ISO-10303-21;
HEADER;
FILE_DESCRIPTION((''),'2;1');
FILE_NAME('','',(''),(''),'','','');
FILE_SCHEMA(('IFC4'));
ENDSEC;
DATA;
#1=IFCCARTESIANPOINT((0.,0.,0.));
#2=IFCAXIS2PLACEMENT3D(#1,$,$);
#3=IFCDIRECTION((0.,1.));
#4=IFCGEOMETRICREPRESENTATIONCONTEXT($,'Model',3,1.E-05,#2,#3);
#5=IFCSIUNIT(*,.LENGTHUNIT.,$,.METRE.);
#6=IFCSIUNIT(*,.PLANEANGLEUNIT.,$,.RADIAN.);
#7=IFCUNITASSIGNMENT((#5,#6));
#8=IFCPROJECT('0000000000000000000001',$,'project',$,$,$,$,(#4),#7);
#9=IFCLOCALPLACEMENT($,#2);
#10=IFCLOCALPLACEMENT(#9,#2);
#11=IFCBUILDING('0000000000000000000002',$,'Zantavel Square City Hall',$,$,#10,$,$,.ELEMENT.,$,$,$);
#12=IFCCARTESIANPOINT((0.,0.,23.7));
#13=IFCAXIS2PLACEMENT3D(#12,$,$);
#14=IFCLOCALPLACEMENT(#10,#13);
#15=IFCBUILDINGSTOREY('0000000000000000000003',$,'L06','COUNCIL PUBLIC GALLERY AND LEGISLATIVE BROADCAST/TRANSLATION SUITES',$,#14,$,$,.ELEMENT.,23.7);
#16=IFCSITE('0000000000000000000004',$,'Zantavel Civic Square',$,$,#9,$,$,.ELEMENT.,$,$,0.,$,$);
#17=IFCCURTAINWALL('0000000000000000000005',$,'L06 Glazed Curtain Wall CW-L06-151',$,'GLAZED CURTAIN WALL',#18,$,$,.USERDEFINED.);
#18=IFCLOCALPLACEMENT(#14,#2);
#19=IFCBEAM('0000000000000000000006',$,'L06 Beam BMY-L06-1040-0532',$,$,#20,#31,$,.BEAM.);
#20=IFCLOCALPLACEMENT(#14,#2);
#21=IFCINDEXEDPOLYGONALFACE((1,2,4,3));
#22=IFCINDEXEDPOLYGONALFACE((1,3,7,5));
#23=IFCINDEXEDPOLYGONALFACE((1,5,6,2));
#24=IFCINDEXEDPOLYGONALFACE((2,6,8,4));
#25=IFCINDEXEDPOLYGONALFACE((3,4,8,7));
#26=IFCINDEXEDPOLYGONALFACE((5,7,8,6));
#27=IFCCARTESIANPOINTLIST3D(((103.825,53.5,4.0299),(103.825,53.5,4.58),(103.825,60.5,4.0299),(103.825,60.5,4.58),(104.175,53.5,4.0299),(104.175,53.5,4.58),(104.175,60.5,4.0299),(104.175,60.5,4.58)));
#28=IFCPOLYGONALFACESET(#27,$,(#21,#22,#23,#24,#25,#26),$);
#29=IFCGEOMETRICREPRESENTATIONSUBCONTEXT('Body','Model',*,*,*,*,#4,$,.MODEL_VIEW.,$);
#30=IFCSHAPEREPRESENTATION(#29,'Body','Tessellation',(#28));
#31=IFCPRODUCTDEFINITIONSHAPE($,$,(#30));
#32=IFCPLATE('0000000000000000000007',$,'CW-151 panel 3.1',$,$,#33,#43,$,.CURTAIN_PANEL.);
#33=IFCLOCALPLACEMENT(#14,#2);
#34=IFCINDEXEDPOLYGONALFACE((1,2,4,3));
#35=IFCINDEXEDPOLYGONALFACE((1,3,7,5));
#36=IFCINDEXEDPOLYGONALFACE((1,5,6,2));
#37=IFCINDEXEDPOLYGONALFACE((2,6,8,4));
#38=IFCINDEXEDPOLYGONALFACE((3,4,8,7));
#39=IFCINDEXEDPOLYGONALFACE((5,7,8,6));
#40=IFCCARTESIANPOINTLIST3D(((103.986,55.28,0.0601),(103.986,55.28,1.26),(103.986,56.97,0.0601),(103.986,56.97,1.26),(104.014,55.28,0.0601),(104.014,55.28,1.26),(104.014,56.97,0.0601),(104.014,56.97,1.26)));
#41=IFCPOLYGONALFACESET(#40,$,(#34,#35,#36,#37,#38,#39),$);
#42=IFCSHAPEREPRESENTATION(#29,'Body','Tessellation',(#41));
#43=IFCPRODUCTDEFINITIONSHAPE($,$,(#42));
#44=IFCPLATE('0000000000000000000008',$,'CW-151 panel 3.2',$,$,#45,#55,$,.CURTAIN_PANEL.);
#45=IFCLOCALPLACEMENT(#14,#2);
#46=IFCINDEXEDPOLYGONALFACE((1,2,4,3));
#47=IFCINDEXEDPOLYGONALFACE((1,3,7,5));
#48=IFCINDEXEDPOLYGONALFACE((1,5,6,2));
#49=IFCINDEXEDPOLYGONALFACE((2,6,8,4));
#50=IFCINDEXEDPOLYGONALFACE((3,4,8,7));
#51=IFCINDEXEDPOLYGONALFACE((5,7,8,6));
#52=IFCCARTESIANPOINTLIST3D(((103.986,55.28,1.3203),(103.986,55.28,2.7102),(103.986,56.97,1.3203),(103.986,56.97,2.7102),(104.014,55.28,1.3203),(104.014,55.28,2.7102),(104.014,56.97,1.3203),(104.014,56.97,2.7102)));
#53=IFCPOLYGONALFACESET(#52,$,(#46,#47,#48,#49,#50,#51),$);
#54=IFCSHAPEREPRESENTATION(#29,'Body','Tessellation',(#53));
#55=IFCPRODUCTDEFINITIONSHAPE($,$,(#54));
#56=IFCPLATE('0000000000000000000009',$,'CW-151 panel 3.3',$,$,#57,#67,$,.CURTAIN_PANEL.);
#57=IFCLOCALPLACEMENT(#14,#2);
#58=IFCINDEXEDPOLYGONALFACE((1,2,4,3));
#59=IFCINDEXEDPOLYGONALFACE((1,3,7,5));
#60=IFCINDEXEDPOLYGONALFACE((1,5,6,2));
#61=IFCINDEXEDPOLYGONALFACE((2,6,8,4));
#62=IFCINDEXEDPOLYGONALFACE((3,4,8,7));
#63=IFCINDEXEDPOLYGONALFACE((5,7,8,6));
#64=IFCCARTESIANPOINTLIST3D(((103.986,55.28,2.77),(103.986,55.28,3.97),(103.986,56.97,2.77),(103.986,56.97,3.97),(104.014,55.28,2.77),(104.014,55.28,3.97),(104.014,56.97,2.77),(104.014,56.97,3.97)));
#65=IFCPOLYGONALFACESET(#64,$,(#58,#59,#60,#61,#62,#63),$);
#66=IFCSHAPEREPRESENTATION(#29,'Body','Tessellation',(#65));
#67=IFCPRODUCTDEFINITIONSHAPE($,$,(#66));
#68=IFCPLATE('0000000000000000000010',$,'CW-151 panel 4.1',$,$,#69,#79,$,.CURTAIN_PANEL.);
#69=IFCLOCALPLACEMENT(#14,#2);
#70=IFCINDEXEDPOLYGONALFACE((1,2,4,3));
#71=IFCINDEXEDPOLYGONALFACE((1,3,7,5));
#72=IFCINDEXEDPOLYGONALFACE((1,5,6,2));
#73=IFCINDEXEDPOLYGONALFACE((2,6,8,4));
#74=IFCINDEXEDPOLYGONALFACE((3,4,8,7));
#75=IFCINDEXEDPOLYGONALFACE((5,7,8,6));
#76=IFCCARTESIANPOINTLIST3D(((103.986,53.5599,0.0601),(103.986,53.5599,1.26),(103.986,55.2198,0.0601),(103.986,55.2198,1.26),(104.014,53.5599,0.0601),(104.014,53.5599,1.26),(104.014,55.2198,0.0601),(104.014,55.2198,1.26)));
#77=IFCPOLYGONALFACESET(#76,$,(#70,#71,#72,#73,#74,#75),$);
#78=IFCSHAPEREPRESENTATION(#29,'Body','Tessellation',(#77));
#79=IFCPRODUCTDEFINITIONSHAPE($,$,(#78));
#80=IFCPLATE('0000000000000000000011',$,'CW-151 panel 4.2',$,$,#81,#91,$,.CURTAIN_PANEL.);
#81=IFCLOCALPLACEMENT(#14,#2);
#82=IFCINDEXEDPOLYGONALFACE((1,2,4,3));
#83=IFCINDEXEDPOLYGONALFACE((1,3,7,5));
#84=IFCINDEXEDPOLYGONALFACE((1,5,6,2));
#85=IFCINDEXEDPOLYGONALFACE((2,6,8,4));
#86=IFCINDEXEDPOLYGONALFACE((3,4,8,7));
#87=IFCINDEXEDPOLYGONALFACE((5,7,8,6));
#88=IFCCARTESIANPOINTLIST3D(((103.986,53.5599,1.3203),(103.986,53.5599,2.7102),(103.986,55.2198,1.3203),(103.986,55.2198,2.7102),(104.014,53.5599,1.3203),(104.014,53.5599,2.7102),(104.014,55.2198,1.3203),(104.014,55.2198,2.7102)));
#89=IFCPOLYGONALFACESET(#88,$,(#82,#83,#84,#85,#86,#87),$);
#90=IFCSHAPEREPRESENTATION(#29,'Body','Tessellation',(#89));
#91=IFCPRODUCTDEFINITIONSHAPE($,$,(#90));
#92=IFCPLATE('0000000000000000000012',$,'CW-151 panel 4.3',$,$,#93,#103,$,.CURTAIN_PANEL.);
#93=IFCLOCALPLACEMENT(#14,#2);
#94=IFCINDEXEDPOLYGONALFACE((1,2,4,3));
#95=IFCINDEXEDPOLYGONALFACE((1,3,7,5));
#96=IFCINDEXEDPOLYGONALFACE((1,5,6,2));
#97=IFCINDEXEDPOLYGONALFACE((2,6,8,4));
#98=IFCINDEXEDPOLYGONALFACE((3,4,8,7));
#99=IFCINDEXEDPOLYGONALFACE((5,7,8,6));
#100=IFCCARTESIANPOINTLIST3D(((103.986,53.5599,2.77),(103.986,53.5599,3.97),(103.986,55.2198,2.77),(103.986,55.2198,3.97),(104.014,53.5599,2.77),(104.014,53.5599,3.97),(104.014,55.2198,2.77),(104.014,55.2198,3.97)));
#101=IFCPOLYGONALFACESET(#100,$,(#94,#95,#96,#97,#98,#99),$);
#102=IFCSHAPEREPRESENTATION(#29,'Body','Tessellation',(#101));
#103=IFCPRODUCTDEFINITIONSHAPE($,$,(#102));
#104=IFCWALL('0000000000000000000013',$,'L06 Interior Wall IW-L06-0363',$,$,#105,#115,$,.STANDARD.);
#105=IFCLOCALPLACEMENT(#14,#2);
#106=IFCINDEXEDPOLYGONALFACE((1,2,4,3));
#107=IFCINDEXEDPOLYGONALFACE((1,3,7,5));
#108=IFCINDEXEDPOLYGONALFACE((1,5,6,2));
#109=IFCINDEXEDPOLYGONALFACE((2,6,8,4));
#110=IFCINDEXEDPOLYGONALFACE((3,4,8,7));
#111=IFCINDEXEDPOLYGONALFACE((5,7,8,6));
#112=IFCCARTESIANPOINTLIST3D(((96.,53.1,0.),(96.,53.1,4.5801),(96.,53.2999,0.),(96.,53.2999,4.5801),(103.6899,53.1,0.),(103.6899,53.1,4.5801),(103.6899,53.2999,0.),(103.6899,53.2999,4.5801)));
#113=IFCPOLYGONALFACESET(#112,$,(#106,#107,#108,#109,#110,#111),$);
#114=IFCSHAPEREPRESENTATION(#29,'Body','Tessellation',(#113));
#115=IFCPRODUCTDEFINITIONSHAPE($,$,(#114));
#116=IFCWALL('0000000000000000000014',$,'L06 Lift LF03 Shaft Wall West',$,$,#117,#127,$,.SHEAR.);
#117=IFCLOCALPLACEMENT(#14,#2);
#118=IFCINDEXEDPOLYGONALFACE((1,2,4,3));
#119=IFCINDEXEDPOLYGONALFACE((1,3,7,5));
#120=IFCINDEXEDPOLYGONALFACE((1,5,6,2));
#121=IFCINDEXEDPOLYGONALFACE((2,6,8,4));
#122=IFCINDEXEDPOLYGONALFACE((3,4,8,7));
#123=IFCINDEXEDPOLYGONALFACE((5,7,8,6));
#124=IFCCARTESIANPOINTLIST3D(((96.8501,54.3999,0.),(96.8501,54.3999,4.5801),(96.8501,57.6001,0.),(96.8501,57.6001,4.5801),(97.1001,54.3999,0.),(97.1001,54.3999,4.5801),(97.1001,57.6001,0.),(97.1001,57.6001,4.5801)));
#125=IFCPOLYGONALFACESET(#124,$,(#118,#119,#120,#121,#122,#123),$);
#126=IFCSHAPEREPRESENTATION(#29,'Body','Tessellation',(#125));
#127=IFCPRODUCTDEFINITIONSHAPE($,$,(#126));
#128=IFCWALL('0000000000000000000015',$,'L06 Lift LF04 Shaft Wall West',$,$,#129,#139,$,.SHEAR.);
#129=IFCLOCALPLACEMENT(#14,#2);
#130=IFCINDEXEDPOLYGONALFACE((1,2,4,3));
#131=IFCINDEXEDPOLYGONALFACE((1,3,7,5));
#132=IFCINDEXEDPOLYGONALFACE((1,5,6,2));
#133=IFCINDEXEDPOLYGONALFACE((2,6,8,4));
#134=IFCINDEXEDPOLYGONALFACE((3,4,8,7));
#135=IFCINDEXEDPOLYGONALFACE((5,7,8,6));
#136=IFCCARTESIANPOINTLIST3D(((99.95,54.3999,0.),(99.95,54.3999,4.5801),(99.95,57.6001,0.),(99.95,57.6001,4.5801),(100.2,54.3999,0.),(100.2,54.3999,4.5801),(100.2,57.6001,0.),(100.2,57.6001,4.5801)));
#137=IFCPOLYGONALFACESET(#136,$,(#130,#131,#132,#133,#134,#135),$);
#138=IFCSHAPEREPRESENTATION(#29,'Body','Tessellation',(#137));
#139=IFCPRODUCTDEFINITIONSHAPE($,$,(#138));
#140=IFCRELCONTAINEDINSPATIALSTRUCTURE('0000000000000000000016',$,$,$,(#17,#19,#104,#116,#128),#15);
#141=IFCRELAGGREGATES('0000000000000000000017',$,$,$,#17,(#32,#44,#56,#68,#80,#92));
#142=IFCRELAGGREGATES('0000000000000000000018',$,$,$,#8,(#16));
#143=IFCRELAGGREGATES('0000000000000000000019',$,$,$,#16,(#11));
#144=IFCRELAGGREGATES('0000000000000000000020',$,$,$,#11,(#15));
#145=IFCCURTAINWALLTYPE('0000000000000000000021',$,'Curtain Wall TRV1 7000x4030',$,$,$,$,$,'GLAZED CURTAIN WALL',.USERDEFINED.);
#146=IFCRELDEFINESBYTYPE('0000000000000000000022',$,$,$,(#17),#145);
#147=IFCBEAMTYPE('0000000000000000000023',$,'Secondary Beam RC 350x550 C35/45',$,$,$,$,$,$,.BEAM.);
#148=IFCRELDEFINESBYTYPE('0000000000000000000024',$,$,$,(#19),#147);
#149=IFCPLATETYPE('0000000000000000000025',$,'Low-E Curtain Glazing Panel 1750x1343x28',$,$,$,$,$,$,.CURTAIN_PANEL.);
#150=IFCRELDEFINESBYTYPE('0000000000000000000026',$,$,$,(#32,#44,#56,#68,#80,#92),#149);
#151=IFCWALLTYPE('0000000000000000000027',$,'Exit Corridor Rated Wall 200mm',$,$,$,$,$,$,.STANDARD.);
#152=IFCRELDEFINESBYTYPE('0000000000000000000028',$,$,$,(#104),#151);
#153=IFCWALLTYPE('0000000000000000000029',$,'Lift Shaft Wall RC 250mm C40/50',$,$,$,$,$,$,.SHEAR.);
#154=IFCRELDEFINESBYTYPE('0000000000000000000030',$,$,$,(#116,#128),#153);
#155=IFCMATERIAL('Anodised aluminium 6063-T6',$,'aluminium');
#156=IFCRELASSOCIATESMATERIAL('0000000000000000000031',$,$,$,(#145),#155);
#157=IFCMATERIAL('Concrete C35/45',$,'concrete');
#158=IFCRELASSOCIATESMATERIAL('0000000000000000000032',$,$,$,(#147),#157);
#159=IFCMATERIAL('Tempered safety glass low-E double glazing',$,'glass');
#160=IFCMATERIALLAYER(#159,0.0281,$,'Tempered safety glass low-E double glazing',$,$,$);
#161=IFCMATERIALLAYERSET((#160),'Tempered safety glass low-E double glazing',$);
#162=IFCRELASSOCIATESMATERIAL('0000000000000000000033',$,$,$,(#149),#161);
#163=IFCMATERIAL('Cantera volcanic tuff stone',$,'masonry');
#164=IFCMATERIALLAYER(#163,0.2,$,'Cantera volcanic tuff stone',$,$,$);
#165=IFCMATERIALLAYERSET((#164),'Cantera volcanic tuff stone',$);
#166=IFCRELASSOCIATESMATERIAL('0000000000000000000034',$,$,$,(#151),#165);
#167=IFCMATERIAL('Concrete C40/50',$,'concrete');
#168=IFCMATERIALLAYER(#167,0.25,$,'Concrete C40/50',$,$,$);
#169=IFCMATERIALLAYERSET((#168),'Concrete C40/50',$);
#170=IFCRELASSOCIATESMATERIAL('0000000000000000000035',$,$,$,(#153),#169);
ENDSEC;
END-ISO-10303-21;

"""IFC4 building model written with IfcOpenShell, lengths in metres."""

from ifc_helpers import new_model, si_unit, direction, frame, frame_2d, origin, origin_2d, place, context, subcontext, project, spatial, rectangle, extrude, material, layer, layer_set, material_profile, profile_set, type_object, element, aggregate, save


model = new_model("IFC4")

# Units and contexts
model_context = context("Model", 3, precision=1e-05, world=origin(), true_north=direction((0.0, 1.0)))
body_context = subcontext(model_context, "Body", "Model", "MODEL_VIEW")
ifc_project = project(units=[si_unit("LENGTHUNIT", "METRE"), si_unit("PLANEANGLEUNIT", "RADIAN")], contexts=[model_context])

# Site, building, storey
site_placement = place(None, origin())
site = spatial("IfcSite", under=ifc_project, at=site_placement, Name="Zantavel Civic Square", CompositionType="ELEMENT", RefElevation=0.0)
building_placement = place(site_placement, origin())
building = spatial("IfcBuilding", under=site, at=building_placement, Name="Zantavel Square City Hall", CompositionType="ELEMENT")
storey_placement = place(building_placement, frame((0.0, 0.0, 23.7)))
storey = spatial("IfcBuildingStorey", under=building, at=storey_placement, Name="L06", Description="COUNCIL PUBLIC GALLERY AND LEGISLATIVE BROADCAST/TRANSLATION SUITES", CompositionType="ELEMENT", Elevation=23.7)

# Shared definitions
ifc_material_1 = material(Name="Concrete C40/50", Category="concrete")

# Curtain wall
ifc_material_2 = material(Name="Anodised aluminium 6063-T6", Category="aluminium")
curtain_wall_type = type_object("IfcCurtainWallType", Name="Curtain Wall TRV1 7000x4030", ElementType="GLAZED CURTAIN WALL", PredefinedType="USERDEFINED", material=ifc_material_2)
curtain_wall_1_placement = place(storey_placement, origin())
curtain_wall_1 = element("IfcCurtainWall", 1, at=curtain_wall_1_placement, inside=storey, type_object=curtain_wall_type, Name="L06 Glazed Curtain Wall CW-L06-151", ObjectType="GLAZED CURTAIN WALL", PredefinedType="USERDEFINED")

# Beam
ifc_material_3 = material(Name="Concrete C35/45", Category="concrete")
ifc_material_profile_1 = material_profile(ifc_material_3, rectangle(XDim=0.3501, YDim=0.55, at=origin_2d()), Name="RC 350x550")
ifc_profile_set_1 = profile_set([ifc_material_profile_1], Name="Concrete C35/45")
beam_type = type_object("IfcBeamType", Name="Secondary Beam RC 350x550 C35/45", PredefinedType="BEAM", material=ifc_profile_set_1)
beam_placement = place(storey_placement, frame((104.0, 53.5, 4.3049), z_axis=(0.0, 1.0, 0.0), x_axis=(-1.0, 0.0, 0.0)))
element("IfcBeam", 2, at=beam_placement, inside=storey, type_object=beam_type, Name="L06 Beam BMY-L06-1040-0532", PredefinedType="BEAM", context=body_context, shape_type="SweptSolid", body=[
    extrude(rectangle(XDim=0.3501, YDim=0.55, at=origin_2d()), origin(), (0.0, 0.0, 1.0), 7.0),
])

# Plates
ifc_material_4 = material(Name="Tempered safety glass low-E double glazing", Category="glass")
ifc_layer_1 = layer(ifc_material_4, 0.0281, Name="Tempered safety glass low-E double glazing")
ifc_layer_set_1 = layer_set([ifc_layer_1], Name="Tempered safety glass low-E double glazing")
plate_type = type_object("IfcPlateType", Name="Low-E Curtain Glazing Panel 1750x1343x28", PredefinedType="CURTAIN_PANEL", material=ifc_layer_set_1)
plate_1_placement = place(storey_placement, frame((104.0, 56.125, 0.0601), z_axis=(0.0, 0.0, 1.0), x_axis=(0.0, -1.0, 0.0)))
plate_1 = element("IfcPlate", 3, at=plate_1_placement, type_object=plate_type, Name="CW-151 panel 3.1", PredefinedType="CURTAIN_PANEL", context=body_context, shape_type="SweptSolid", body=[
    extrude(rectangle(XDim=1.6899, YDim=0.0281, at=origin_2d()), origin(), (0.0, 0.0, 1.0), 1.2),
])
plate_2_placement = place(storey_placement, frame((104.0, 56.125, 1.3203), z_axis=(0.0, 0.0, 1.0), x_axis=(0.0, -1.0, 0.0)))
plate_2 = element("IfcPlate", 4, at=plate_2_placement, type_object=plate_type, Name="CW-151 panel 3.2", PredefinedType="CURTAIN_PANEL", context=body_context, shape_type="SweptSolid", body=[
    extrude(rectangle(XDim=1.6899, YDim=0.0281, at=origin_2d()), origin(), (0.0, 0.0, 1.0), 1.3899),
])
plate_3_placement = place(storey_placement, frame((104.0, 56.125, 2.77), z_axis=(0.0, 0.0, 1.0), x_axis=(0.0, -1.0, 0.0)))
plate_3 = element("IfcPlate", 5, at=plate_3_placement, type_object=plate_type, Name="CW-151 panel 3.3", PredefinedType="CURTAIN_PANEL", context=body_context, shape_type="SweptSolid", body=[
    extrude(rectangle(XDim=1.6899, YDim=0.0281, at=origin_2d()), origin(), (0.0, 0.0, 1.0), 1.2),
])
plate_4_placement = place(storey_placement, frame((104.0, 54.3899, 0.0601), z_axis=(0.0, 0.0, 1.0), x_axis=(0.0, -1.0, 0.0)))
plate_4 = element("IfcPlate", 6, at=plate_4_placement, type_object=plate_type, Name="CW-151 panel 4.1", PredefinedType="CURTAIN_PANEL", context=body_context, shape_type="SweptSolid", body=[
    extrude(rectangle(XDim=1.6599, YDim=0.0281, at=origin_2d()), origin(), (0.0, 0.0, 1.0), 1.2),
])
plate_5_placement = place(storey_placement, frame((104.0, 54.3899, 1.3203), z_axis=(0.0, 0.0, 1.0), x_axis=(0.0, -1.0, 0.0)))
plate_5 = element("IfcPlate", 7, at=plate_5_placement, type_object=plate_type, Name="CW-151 panel 4.2", PredefinedType="CURTAIN_PANEL", context=body_context, shape_type="SweptSolid", body=[
    extrude(rectangle(XDim=1.6599, YDim=0.0281, at=origin_2d()), origin(), (0.0, 0.0, 1.0), 1.3899),
])
plate_6_placement = place(storey_placement, frame((104.0, 54.3899, 2.77), z_axis=(0.0, 0.0, 1.0), x_axis=(0.0, -1.0, 0.0)))
plate_6 = element("IfcPlate", 8, at=plate_6_placement, type_object=plate_type, Name="CW-151 panel 4.3", PredefinedType="CURTAIN_PANEL", context=body_context, shape_type="SweptSolid", body=[
    extrude(rectangle(XDim=1.6599, YDim=0.0281, at=origin_2d()), origin(), (0.0, 0.0, 1.0), 1.2),
])
aggregate(curtain_wall_1, [plate_1, plate_2, plate_3, plate_4, plate_5, plate_6])

# Wall
ifc_material_5 = material(Name="Cantera volcanic tuff stone", Category="masonry")
ifc_layer_2 = layer(ifc_material_5, 0.2, Name="Cantera volcanic tuff stone")
ifc_layer_set_2 = layer_set([ifc_layer_2], Name="Cantera volcanic tuff stone")
wall_type_1 = type_object("IfcWallType", Name="Exit Corridor Rated Wall 200mm", PredefinedType="STANDARD", material=ifc_layer_set_2)
wall_1_placement = place(storey_placement, frame((96.0, 53.2, 0.0), z_axis=(0.0, 0.0, 1.0), x_axis=(1.0, 0.0, 0.0)))
element("IfcWall", 9, at=wall_1_placement, inside=storey, type_object=wall_type_1, Name="L06 Interior Wall IW-L06-0363", PredefinedType="STANDARD", context=body_context, shape_type="SweptSolid", body=[
    extrude(rectangle(XDim=7.6899, YDim=0.2, at=frame_2d((3.845, 0.0))), origin(), (0.0, 0.0, 1.0), 4.5801),
])

# Shared definitions
ifc_layer_3 = layer(ifc_material_1, 0.25, Name="Concrete C40/50")
ifc_layer_set_3 = layer_set([ifc_layer_3], Name="Concrete C40/50")
wall_type_2 = type_object("IfcWallType", Name="Lift Shaft Wall RC 250mm C40/50", PredefinedType="SHEAR", material=ifc_layer_set_3)

# Wall
wall_2_placement = place(storey_placement, frame((96.9751, 54.3999, 0.0), z_axis=(0.0, 0.0, 1.0), x_axis=(0.0, 1.0, 0.0)))
element("IfcWall", 10, at=wall_2_placement, inside=storey, type_object=wall_type_2, Name="L06 Lift LF03 Shaft Wall West", PredefinedType="SHEAR", context=body_context, shape_type="SweptSolid", body=[
    extrude(rectangle(XDim=3.2002, YDim=0.25, at=frame_2d((1.6001, 0.0))), origin(), (0.0, 0.0, 1.0), 4.5801),
])

# Wall
wall_3_placement = place(storey_placement, frame((100.075, 54.3999, 0.0), z_axis=(0.0, 0.0, 1.0), x_axis=(0.0, 1.0, 0.0)))
element("IfcWall", 11, at=wall_3_placement, inside=storey, type_object=wall_type_2, Name="L06 Lift LF04 Shaft Wall West", PredefinedType="SHEAR", context=body_context, shape_type="SweptSolid", body=[
    extrude(rectangle(XDim=3.2002, YDim=0.25, at=frame_2d((1.6001, 0.0))), origin(), (0.0, 0.0, 1.0), 4.5801),
])

save(model, "model.ifc")
